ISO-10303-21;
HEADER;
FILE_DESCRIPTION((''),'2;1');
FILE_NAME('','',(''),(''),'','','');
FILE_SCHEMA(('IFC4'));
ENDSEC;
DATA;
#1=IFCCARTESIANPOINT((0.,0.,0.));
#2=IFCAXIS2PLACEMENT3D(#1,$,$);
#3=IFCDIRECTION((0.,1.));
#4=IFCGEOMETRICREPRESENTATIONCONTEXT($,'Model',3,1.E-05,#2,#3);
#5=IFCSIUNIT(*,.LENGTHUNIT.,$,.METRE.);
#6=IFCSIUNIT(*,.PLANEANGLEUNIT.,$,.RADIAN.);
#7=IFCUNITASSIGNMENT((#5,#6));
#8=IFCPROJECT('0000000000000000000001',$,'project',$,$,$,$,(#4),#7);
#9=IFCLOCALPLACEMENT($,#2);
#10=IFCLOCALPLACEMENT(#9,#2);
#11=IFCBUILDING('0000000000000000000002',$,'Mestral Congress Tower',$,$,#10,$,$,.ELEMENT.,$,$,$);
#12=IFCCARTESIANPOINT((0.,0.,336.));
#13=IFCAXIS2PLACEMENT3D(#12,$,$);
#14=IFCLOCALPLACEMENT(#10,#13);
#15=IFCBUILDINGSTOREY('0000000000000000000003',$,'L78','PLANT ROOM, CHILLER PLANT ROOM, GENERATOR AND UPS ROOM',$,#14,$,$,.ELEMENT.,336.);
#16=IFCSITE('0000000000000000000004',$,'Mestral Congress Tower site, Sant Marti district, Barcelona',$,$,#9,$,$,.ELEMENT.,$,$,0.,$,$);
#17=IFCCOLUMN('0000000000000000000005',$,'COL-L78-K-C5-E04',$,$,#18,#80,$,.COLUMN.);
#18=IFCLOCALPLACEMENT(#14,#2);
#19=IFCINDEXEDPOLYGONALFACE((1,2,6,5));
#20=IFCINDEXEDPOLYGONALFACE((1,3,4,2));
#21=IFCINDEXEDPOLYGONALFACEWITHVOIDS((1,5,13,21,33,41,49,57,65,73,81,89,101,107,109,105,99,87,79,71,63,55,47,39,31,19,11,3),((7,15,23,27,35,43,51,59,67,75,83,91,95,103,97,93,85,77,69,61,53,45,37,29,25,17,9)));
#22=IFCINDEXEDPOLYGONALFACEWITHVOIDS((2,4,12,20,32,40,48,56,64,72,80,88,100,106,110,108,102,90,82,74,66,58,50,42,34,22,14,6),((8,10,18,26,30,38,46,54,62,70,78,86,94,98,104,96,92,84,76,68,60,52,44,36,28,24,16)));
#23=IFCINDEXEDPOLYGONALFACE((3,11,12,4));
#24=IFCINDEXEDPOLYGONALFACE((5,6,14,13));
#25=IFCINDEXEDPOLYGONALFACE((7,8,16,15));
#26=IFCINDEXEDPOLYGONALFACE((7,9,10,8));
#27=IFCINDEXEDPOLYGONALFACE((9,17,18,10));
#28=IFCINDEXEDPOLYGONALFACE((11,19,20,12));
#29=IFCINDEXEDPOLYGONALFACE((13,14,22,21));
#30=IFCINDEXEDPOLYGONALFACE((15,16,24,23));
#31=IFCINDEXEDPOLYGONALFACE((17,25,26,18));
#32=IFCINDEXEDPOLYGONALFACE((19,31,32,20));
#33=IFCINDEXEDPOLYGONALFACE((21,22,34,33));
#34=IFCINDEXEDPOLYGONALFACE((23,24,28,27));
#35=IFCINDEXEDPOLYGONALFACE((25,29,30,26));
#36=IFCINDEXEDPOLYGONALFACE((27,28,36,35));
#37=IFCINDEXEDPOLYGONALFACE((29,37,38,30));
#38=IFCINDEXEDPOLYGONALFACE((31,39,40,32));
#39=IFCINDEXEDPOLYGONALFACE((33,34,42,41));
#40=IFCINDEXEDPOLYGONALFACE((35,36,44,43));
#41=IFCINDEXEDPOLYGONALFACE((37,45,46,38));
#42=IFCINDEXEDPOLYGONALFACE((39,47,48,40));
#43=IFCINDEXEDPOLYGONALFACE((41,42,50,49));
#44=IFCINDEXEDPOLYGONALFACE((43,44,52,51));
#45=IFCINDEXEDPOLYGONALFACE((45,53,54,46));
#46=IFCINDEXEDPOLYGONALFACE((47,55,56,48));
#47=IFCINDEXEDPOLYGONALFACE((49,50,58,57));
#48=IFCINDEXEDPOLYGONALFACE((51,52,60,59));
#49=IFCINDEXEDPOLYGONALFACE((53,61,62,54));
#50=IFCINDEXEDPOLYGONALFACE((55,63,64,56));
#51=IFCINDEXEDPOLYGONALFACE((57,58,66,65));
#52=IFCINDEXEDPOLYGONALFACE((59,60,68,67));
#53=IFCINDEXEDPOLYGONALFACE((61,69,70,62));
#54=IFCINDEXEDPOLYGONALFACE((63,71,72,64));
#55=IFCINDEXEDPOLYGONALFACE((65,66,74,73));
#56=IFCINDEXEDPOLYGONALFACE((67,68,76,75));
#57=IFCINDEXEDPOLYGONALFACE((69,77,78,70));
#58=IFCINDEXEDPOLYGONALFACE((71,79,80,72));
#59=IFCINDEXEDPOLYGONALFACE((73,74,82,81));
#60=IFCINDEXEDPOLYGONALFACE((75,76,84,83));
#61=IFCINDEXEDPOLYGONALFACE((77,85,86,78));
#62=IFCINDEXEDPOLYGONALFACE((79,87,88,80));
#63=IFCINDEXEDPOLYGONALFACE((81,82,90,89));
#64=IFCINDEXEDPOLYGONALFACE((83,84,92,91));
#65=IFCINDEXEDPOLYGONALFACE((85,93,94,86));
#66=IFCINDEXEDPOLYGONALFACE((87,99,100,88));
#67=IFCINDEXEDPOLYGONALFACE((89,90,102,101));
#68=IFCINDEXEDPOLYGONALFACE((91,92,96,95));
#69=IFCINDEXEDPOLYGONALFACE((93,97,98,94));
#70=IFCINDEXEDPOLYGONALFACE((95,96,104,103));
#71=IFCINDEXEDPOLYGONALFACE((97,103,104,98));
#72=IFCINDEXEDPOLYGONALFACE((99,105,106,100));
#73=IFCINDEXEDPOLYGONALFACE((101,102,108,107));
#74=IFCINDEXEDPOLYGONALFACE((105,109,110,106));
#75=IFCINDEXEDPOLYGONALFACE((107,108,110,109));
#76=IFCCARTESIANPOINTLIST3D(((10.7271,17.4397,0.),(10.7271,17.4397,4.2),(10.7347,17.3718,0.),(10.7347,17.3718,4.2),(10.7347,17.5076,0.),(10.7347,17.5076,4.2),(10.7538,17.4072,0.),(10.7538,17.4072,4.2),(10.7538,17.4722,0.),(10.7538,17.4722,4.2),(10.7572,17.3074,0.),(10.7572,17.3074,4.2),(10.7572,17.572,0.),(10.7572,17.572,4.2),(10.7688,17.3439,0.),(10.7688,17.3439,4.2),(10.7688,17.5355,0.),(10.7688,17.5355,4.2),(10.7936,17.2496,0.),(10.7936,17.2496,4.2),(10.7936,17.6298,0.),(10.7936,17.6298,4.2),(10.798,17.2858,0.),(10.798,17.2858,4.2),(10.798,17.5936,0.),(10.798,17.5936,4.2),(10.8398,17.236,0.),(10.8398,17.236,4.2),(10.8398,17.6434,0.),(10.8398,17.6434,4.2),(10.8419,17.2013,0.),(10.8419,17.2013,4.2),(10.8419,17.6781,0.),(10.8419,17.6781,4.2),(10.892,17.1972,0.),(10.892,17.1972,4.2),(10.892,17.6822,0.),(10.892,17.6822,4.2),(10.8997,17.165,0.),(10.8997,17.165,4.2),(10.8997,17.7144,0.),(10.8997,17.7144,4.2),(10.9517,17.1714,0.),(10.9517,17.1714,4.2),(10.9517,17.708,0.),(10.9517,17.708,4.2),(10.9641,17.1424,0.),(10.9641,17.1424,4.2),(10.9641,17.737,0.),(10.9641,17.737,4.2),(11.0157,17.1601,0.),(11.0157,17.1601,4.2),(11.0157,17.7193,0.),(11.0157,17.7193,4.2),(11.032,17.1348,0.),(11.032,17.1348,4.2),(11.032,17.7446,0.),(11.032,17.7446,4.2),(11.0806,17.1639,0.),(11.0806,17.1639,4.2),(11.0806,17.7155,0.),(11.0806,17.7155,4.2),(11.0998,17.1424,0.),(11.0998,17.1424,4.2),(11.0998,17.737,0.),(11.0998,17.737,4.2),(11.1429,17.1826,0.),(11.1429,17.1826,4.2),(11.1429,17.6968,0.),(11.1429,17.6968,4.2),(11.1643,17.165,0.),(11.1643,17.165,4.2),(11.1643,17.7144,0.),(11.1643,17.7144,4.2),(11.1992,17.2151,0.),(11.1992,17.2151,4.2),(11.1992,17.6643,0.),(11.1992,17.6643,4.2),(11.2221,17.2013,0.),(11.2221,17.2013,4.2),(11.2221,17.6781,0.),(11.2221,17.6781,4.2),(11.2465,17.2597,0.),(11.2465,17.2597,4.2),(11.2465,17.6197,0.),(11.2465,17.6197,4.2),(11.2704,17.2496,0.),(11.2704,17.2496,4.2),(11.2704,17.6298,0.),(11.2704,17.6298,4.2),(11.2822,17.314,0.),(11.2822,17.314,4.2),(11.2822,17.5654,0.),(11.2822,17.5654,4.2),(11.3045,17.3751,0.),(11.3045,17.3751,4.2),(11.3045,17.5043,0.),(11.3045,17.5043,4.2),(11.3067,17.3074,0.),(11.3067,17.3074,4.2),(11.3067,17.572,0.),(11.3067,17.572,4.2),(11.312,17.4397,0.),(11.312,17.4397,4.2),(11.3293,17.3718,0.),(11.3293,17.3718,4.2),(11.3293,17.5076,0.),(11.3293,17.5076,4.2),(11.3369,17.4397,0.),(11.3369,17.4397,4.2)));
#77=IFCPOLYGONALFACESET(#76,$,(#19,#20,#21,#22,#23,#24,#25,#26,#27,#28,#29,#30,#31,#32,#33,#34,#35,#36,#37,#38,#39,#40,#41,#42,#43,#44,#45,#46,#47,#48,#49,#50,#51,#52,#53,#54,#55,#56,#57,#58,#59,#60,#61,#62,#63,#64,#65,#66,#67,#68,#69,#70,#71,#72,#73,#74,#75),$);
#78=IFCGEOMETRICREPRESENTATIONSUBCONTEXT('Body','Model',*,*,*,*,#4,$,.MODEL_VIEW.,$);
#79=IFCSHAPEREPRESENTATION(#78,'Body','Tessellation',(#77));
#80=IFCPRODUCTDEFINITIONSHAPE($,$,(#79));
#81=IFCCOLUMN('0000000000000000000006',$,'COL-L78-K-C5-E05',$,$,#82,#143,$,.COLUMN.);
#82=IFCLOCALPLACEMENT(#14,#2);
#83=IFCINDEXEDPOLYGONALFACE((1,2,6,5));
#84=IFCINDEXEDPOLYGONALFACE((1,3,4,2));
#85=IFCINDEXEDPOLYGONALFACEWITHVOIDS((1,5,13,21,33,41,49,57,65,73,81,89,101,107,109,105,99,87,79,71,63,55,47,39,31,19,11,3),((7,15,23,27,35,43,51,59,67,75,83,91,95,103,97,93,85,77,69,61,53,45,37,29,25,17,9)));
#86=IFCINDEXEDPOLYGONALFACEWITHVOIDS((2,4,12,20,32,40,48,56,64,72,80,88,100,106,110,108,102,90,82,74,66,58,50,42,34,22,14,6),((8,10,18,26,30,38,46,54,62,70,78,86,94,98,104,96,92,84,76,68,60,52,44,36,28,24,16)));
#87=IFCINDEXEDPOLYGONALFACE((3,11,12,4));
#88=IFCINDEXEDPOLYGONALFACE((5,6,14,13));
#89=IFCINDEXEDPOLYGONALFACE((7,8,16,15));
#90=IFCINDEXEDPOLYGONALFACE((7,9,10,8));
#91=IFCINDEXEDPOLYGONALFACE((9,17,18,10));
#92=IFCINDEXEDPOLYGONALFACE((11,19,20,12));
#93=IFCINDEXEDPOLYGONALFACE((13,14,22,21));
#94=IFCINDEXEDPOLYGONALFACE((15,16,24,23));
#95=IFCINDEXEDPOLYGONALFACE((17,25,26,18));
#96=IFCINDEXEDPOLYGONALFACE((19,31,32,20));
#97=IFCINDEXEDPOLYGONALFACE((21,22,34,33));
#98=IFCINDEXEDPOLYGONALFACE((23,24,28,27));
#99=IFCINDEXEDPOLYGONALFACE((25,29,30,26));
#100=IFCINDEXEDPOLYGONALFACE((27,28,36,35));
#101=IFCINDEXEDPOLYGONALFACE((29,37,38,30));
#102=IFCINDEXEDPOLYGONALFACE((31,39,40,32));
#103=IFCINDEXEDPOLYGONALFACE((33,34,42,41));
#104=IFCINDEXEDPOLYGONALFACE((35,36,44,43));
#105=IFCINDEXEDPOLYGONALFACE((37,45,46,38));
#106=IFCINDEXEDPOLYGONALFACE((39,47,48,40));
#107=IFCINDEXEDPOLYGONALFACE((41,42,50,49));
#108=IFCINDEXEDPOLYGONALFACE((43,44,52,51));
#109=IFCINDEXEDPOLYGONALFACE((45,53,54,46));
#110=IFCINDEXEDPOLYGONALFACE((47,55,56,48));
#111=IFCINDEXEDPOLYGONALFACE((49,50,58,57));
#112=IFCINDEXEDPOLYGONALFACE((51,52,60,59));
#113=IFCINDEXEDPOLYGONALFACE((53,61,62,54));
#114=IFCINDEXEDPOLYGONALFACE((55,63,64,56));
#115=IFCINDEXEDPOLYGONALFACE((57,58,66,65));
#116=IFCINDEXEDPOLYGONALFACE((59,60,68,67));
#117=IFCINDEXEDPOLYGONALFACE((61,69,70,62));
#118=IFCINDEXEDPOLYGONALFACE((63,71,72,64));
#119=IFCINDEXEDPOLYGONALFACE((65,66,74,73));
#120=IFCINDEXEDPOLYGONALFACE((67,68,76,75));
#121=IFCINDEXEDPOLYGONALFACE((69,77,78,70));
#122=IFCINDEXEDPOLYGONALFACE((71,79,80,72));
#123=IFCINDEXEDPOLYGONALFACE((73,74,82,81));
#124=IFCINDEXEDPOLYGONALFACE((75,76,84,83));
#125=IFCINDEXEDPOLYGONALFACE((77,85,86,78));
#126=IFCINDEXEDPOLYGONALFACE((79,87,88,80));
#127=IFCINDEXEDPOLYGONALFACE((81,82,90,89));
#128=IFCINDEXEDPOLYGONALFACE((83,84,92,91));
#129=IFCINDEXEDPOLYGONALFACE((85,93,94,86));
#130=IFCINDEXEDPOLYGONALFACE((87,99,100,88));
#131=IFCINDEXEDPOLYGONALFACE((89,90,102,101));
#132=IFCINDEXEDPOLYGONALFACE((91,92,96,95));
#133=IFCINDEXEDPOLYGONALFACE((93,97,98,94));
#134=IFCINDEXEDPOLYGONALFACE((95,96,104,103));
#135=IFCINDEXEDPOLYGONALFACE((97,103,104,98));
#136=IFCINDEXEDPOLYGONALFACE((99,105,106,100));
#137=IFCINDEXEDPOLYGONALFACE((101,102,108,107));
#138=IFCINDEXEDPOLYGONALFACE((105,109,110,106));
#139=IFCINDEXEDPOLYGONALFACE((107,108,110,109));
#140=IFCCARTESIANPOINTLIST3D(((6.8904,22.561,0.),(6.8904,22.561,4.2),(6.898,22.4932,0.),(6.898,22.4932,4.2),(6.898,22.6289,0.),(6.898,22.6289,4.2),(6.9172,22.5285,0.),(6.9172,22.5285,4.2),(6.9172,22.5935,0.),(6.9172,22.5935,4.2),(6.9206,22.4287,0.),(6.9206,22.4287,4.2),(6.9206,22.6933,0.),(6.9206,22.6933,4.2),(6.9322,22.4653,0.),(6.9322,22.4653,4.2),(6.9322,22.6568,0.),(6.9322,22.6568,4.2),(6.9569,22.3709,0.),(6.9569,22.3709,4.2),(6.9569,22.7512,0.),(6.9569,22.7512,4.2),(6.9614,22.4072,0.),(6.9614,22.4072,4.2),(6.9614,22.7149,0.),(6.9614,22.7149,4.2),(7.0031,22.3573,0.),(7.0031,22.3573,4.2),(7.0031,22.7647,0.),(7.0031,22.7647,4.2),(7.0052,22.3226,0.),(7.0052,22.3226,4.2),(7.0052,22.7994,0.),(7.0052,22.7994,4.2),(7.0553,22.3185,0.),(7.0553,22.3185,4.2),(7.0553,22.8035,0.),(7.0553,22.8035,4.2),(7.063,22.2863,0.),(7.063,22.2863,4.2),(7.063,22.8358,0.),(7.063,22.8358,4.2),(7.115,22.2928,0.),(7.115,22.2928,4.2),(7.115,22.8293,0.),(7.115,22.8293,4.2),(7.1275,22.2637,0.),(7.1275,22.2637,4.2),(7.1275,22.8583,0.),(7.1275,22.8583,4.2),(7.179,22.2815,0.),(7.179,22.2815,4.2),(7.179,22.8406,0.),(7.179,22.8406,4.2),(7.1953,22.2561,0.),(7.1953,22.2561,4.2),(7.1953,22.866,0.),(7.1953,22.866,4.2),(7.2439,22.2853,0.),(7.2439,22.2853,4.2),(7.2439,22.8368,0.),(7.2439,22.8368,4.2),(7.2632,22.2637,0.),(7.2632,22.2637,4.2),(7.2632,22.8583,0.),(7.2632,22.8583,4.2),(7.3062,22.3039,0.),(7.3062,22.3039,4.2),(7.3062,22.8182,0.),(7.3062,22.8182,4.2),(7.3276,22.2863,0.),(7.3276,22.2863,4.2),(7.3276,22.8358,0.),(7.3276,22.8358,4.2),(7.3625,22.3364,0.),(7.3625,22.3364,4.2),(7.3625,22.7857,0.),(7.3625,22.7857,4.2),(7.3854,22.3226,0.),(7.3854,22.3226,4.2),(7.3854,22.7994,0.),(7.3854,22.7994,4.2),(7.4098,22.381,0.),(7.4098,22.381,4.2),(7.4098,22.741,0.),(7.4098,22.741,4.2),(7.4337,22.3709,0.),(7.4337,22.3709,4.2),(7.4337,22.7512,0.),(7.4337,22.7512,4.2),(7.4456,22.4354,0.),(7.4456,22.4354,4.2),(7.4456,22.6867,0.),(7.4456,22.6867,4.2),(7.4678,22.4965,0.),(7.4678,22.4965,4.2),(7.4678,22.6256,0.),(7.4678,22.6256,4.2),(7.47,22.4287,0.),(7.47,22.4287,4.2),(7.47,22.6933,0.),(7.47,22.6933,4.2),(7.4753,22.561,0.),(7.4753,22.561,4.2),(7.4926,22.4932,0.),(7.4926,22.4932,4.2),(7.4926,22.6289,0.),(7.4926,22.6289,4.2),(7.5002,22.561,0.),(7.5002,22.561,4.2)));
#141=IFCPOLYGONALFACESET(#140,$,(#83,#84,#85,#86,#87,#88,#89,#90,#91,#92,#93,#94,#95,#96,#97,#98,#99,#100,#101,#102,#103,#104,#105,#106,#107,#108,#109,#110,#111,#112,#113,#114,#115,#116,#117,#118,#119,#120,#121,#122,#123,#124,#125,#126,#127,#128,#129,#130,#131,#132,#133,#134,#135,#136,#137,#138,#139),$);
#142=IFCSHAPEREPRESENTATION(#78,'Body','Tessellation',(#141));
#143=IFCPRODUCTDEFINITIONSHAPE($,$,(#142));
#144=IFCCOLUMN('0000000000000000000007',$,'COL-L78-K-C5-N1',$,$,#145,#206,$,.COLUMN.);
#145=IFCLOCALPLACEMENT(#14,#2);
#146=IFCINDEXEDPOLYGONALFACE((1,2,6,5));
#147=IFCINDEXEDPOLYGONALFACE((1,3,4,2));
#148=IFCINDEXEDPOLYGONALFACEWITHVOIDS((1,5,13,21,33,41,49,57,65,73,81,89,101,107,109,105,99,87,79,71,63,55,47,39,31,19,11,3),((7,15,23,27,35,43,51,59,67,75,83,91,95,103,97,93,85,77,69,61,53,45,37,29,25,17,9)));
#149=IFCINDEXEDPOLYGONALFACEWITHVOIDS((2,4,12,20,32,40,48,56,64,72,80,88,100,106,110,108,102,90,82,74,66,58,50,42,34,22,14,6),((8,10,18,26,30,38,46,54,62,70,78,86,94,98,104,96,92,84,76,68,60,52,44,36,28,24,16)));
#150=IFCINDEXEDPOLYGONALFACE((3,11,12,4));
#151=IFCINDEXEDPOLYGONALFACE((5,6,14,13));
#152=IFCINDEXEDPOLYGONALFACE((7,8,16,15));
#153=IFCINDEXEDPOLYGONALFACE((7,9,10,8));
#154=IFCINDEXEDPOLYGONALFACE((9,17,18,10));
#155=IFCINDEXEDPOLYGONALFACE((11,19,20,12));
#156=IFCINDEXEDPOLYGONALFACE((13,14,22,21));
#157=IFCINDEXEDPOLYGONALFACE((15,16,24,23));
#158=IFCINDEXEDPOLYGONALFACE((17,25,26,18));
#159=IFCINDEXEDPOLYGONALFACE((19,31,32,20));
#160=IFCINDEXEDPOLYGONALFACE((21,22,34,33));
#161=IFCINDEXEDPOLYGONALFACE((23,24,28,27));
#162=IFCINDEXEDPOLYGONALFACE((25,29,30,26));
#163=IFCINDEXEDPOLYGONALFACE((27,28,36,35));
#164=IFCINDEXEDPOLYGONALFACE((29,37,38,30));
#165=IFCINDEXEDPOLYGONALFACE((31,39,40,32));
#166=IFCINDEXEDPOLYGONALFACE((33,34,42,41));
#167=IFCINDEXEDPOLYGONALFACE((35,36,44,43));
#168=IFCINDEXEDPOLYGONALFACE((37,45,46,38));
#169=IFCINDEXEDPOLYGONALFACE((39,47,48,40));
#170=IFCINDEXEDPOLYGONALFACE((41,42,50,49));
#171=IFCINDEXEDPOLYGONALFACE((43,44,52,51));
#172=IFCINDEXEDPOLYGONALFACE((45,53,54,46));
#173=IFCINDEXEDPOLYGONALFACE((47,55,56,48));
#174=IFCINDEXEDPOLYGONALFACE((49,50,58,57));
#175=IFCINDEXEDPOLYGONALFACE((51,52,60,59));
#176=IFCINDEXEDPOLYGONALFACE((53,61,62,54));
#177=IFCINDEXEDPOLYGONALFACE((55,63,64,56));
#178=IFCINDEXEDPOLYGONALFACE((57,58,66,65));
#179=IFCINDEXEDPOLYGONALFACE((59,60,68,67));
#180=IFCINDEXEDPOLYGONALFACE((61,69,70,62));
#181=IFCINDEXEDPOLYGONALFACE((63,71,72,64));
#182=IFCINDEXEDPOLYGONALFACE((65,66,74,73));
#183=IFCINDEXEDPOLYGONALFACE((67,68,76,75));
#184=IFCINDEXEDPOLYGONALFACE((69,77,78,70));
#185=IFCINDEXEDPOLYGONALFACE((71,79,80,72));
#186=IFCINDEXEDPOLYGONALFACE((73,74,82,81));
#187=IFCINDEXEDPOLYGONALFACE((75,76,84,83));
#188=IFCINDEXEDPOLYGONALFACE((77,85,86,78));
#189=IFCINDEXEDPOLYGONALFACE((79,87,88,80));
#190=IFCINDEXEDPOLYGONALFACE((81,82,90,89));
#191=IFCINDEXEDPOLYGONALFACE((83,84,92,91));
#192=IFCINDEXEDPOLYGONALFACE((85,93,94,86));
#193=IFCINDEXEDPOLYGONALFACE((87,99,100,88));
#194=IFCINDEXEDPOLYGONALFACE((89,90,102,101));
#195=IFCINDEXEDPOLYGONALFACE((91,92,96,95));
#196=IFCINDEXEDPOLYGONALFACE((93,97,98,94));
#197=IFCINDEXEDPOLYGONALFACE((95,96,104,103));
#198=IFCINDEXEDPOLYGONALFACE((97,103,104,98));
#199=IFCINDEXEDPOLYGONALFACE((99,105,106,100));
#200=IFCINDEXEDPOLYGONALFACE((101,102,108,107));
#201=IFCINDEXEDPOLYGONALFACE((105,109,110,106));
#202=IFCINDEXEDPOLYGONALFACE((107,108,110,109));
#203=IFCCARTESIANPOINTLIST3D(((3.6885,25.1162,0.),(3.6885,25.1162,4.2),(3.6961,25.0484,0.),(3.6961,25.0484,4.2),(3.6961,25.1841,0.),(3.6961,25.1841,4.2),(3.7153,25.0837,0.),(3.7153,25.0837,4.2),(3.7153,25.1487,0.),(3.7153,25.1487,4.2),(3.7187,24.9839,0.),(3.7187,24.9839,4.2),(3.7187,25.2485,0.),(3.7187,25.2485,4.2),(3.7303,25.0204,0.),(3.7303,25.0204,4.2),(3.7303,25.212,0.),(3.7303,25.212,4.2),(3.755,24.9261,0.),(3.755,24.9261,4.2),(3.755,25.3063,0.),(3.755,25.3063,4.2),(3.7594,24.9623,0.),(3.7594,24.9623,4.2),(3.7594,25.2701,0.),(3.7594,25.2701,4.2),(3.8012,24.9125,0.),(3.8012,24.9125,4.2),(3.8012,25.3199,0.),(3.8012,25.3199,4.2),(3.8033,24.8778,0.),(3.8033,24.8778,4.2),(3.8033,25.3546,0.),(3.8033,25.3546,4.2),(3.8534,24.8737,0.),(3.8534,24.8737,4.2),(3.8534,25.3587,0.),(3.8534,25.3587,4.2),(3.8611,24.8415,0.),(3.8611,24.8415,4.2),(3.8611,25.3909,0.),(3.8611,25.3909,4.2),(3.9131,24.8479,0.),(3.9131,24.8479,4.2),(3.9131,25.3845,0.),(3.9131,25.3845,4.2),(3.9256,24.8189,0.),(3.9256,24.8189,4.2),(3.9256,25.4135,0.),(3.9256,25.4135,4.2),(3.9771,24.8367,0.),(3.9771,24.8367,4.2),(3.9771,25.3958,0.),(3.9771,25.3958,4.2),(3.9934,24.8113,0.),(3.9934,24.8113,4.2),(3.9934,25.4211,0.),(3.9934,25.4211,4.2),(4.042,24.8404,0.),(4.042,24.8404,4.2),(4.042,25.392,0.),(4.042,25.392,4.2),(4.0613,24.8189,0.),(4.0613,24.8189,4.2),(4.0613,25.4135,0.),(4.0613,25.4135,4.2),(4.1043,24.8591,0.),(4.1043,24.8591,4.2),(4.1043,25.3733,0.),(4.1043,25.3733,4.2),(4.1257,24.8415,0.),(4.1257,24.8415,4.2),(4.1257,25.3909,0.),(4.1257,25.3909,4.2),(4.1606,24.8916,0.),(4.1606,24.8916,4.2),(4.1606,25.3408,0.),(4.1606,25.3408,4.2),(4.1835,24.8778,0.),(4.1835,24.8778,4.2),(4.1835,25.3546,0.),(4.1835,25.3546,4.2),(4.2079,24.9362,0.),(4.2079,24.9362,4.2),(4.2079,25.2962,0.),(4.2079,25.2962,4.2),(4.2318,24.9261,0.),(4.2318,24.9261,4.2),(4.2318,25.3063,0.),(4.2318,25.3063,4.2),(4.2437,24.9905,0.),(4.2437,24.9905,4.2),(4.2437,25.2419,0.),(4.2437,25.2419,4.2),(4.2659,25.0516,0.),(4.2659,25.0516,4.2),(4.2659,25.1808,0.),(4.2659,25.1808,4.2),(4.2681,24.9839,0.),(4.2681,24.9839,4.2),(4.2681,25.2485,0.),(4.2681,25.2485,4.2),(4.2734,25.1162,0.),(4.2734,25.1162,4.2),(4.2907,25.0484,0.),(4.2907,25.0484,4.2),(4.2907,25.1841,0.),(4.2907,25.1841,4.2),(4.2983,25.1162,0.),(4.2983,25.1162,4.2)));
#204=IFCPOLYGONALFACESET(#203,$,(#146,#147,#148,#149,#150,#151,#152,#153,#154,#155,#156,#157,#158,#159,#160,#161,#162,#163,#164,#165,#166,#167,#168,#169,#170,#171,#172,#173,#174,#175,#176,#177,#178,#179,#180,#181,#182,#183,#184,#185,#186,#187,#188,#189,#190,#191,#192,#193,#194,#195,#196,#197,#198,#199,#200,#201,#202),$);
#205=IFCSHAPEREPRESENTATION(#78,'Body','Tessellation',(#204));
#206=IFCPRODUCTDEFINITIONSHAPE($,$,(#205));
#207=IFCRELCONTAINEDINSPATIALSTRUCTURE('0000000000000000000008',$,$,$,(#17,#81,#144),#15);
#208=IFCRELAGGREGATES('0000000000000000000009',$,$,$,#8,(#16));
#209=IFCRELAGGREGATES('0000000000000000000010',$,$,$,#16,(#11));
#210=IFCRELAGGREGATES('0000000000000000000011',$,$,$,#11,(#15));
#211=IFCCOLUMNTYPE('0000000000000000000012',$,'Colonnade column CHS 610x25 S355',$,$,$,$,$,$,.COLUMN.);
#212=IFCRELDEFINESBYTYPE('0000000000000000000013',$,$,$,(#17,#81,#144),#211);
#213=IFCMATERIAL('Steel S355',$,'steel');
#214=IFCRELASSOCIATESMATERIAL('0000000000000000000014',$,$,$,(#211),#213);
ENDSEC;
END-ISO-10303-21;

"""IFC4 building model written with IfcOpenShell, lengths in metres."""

from ifc_helpers import new_model, si_unit, direction, frame, origin, origin_2d, place, context, subcontext, project, spatial, hollow_circle, extrude, material, material_profile, profile_set, type_object, element, save


model = new_model("IFC4")

# Units and contexts
model_context = context("Model", 3, precision=1e-05, world=origin(), true_north=direction((0.0, 1.0)))
body_context = subcontext(model_context, "Body", "Model", "MODEL_VIEW")
ifc_project = project(units=[si_unit("LENGTHUNIT", "METRE"), si_unit("PLANEANGLEUNIT", "RADIAN")], contexts=[model_context])

# Site, building, storey
site_placement = place(None, origin())
site = spatial("IfcSite", under=ifc_project, at=site_placement, Name="Mestral Congress Tower site, Sant Marti district, Barcelona", CompositionType="ELEMENT", RefElevation=0.0)
building_placement = place(site_placement, origin())
building = spatial("IfcBuilding", under=site, at=building_placement, Name="Mestral Congress Tower", CompositionType="ELEMENT")
storey_placement = place(building_placement, frame((0.0, 0.0, 336.0)))
storey = spatial("IfcBuildingStorey", under=building, at=storey_placement, Name="L78", Description="PLANT ROOM, CHILLER PLANT ROOM, GENERATOR AND UPS ROOM", CompositionType="ELEMENT", Elevation=336.0)

# Columns
ifc_material_1 = material(Name="Steel S355", Category="steel")
ifc_material_profile_1 = material_profile(ifc_material_1, hollow_circle(Radius=0.3049, WallThickness=0.0249, at=origin_2d()), Name="CHS 610x25")
ifc_profile_set_1 = profile_set([ifc_material_profile_1], Name="Steel S355")
column_type = type_object("IfcColumnType", Name="Colonnade column CHS 610x25 S355", PredefinedType="COLUMN", material=ifc_profile_set_1)
for number, where, z_axis, x_axis, name in (
    (1, (11.032, 17.4397, 0.0), (0.0, 0.0, 1.0), (1.0, 0.0, 0.0), "COL-L78-K-C5-E04"),
    (2, (7.1953, 22.561, 0.0), (0.0, 0.0, 1.0), (1.0, 0.0, 0.0), "COL-L78-K-C5-E05"),
    (3, (3.9934, 25.1162, 0.0), (0.0, 0.0, 1.0), (1.0, 0.0, 0.0), "COL-L78-K-C5-N1"),
):
    element("IfcColumn", number, at=place(storey_placement, frame(where, z_axis=z_axis, x_axis=x_axis)), inside=storey, type_object=column_type, Name=name, PredefinedType="COLUMN", context=body_context, shape_type="SweptSolid", body=[
        extrude(hollow_circle(Radius=0.3049, WallThickness=0.0249, at=origin_2d()), origin(), (0.0, 0.0, 1.0), 4.2),
    ])

save(model, "model.ifc")
